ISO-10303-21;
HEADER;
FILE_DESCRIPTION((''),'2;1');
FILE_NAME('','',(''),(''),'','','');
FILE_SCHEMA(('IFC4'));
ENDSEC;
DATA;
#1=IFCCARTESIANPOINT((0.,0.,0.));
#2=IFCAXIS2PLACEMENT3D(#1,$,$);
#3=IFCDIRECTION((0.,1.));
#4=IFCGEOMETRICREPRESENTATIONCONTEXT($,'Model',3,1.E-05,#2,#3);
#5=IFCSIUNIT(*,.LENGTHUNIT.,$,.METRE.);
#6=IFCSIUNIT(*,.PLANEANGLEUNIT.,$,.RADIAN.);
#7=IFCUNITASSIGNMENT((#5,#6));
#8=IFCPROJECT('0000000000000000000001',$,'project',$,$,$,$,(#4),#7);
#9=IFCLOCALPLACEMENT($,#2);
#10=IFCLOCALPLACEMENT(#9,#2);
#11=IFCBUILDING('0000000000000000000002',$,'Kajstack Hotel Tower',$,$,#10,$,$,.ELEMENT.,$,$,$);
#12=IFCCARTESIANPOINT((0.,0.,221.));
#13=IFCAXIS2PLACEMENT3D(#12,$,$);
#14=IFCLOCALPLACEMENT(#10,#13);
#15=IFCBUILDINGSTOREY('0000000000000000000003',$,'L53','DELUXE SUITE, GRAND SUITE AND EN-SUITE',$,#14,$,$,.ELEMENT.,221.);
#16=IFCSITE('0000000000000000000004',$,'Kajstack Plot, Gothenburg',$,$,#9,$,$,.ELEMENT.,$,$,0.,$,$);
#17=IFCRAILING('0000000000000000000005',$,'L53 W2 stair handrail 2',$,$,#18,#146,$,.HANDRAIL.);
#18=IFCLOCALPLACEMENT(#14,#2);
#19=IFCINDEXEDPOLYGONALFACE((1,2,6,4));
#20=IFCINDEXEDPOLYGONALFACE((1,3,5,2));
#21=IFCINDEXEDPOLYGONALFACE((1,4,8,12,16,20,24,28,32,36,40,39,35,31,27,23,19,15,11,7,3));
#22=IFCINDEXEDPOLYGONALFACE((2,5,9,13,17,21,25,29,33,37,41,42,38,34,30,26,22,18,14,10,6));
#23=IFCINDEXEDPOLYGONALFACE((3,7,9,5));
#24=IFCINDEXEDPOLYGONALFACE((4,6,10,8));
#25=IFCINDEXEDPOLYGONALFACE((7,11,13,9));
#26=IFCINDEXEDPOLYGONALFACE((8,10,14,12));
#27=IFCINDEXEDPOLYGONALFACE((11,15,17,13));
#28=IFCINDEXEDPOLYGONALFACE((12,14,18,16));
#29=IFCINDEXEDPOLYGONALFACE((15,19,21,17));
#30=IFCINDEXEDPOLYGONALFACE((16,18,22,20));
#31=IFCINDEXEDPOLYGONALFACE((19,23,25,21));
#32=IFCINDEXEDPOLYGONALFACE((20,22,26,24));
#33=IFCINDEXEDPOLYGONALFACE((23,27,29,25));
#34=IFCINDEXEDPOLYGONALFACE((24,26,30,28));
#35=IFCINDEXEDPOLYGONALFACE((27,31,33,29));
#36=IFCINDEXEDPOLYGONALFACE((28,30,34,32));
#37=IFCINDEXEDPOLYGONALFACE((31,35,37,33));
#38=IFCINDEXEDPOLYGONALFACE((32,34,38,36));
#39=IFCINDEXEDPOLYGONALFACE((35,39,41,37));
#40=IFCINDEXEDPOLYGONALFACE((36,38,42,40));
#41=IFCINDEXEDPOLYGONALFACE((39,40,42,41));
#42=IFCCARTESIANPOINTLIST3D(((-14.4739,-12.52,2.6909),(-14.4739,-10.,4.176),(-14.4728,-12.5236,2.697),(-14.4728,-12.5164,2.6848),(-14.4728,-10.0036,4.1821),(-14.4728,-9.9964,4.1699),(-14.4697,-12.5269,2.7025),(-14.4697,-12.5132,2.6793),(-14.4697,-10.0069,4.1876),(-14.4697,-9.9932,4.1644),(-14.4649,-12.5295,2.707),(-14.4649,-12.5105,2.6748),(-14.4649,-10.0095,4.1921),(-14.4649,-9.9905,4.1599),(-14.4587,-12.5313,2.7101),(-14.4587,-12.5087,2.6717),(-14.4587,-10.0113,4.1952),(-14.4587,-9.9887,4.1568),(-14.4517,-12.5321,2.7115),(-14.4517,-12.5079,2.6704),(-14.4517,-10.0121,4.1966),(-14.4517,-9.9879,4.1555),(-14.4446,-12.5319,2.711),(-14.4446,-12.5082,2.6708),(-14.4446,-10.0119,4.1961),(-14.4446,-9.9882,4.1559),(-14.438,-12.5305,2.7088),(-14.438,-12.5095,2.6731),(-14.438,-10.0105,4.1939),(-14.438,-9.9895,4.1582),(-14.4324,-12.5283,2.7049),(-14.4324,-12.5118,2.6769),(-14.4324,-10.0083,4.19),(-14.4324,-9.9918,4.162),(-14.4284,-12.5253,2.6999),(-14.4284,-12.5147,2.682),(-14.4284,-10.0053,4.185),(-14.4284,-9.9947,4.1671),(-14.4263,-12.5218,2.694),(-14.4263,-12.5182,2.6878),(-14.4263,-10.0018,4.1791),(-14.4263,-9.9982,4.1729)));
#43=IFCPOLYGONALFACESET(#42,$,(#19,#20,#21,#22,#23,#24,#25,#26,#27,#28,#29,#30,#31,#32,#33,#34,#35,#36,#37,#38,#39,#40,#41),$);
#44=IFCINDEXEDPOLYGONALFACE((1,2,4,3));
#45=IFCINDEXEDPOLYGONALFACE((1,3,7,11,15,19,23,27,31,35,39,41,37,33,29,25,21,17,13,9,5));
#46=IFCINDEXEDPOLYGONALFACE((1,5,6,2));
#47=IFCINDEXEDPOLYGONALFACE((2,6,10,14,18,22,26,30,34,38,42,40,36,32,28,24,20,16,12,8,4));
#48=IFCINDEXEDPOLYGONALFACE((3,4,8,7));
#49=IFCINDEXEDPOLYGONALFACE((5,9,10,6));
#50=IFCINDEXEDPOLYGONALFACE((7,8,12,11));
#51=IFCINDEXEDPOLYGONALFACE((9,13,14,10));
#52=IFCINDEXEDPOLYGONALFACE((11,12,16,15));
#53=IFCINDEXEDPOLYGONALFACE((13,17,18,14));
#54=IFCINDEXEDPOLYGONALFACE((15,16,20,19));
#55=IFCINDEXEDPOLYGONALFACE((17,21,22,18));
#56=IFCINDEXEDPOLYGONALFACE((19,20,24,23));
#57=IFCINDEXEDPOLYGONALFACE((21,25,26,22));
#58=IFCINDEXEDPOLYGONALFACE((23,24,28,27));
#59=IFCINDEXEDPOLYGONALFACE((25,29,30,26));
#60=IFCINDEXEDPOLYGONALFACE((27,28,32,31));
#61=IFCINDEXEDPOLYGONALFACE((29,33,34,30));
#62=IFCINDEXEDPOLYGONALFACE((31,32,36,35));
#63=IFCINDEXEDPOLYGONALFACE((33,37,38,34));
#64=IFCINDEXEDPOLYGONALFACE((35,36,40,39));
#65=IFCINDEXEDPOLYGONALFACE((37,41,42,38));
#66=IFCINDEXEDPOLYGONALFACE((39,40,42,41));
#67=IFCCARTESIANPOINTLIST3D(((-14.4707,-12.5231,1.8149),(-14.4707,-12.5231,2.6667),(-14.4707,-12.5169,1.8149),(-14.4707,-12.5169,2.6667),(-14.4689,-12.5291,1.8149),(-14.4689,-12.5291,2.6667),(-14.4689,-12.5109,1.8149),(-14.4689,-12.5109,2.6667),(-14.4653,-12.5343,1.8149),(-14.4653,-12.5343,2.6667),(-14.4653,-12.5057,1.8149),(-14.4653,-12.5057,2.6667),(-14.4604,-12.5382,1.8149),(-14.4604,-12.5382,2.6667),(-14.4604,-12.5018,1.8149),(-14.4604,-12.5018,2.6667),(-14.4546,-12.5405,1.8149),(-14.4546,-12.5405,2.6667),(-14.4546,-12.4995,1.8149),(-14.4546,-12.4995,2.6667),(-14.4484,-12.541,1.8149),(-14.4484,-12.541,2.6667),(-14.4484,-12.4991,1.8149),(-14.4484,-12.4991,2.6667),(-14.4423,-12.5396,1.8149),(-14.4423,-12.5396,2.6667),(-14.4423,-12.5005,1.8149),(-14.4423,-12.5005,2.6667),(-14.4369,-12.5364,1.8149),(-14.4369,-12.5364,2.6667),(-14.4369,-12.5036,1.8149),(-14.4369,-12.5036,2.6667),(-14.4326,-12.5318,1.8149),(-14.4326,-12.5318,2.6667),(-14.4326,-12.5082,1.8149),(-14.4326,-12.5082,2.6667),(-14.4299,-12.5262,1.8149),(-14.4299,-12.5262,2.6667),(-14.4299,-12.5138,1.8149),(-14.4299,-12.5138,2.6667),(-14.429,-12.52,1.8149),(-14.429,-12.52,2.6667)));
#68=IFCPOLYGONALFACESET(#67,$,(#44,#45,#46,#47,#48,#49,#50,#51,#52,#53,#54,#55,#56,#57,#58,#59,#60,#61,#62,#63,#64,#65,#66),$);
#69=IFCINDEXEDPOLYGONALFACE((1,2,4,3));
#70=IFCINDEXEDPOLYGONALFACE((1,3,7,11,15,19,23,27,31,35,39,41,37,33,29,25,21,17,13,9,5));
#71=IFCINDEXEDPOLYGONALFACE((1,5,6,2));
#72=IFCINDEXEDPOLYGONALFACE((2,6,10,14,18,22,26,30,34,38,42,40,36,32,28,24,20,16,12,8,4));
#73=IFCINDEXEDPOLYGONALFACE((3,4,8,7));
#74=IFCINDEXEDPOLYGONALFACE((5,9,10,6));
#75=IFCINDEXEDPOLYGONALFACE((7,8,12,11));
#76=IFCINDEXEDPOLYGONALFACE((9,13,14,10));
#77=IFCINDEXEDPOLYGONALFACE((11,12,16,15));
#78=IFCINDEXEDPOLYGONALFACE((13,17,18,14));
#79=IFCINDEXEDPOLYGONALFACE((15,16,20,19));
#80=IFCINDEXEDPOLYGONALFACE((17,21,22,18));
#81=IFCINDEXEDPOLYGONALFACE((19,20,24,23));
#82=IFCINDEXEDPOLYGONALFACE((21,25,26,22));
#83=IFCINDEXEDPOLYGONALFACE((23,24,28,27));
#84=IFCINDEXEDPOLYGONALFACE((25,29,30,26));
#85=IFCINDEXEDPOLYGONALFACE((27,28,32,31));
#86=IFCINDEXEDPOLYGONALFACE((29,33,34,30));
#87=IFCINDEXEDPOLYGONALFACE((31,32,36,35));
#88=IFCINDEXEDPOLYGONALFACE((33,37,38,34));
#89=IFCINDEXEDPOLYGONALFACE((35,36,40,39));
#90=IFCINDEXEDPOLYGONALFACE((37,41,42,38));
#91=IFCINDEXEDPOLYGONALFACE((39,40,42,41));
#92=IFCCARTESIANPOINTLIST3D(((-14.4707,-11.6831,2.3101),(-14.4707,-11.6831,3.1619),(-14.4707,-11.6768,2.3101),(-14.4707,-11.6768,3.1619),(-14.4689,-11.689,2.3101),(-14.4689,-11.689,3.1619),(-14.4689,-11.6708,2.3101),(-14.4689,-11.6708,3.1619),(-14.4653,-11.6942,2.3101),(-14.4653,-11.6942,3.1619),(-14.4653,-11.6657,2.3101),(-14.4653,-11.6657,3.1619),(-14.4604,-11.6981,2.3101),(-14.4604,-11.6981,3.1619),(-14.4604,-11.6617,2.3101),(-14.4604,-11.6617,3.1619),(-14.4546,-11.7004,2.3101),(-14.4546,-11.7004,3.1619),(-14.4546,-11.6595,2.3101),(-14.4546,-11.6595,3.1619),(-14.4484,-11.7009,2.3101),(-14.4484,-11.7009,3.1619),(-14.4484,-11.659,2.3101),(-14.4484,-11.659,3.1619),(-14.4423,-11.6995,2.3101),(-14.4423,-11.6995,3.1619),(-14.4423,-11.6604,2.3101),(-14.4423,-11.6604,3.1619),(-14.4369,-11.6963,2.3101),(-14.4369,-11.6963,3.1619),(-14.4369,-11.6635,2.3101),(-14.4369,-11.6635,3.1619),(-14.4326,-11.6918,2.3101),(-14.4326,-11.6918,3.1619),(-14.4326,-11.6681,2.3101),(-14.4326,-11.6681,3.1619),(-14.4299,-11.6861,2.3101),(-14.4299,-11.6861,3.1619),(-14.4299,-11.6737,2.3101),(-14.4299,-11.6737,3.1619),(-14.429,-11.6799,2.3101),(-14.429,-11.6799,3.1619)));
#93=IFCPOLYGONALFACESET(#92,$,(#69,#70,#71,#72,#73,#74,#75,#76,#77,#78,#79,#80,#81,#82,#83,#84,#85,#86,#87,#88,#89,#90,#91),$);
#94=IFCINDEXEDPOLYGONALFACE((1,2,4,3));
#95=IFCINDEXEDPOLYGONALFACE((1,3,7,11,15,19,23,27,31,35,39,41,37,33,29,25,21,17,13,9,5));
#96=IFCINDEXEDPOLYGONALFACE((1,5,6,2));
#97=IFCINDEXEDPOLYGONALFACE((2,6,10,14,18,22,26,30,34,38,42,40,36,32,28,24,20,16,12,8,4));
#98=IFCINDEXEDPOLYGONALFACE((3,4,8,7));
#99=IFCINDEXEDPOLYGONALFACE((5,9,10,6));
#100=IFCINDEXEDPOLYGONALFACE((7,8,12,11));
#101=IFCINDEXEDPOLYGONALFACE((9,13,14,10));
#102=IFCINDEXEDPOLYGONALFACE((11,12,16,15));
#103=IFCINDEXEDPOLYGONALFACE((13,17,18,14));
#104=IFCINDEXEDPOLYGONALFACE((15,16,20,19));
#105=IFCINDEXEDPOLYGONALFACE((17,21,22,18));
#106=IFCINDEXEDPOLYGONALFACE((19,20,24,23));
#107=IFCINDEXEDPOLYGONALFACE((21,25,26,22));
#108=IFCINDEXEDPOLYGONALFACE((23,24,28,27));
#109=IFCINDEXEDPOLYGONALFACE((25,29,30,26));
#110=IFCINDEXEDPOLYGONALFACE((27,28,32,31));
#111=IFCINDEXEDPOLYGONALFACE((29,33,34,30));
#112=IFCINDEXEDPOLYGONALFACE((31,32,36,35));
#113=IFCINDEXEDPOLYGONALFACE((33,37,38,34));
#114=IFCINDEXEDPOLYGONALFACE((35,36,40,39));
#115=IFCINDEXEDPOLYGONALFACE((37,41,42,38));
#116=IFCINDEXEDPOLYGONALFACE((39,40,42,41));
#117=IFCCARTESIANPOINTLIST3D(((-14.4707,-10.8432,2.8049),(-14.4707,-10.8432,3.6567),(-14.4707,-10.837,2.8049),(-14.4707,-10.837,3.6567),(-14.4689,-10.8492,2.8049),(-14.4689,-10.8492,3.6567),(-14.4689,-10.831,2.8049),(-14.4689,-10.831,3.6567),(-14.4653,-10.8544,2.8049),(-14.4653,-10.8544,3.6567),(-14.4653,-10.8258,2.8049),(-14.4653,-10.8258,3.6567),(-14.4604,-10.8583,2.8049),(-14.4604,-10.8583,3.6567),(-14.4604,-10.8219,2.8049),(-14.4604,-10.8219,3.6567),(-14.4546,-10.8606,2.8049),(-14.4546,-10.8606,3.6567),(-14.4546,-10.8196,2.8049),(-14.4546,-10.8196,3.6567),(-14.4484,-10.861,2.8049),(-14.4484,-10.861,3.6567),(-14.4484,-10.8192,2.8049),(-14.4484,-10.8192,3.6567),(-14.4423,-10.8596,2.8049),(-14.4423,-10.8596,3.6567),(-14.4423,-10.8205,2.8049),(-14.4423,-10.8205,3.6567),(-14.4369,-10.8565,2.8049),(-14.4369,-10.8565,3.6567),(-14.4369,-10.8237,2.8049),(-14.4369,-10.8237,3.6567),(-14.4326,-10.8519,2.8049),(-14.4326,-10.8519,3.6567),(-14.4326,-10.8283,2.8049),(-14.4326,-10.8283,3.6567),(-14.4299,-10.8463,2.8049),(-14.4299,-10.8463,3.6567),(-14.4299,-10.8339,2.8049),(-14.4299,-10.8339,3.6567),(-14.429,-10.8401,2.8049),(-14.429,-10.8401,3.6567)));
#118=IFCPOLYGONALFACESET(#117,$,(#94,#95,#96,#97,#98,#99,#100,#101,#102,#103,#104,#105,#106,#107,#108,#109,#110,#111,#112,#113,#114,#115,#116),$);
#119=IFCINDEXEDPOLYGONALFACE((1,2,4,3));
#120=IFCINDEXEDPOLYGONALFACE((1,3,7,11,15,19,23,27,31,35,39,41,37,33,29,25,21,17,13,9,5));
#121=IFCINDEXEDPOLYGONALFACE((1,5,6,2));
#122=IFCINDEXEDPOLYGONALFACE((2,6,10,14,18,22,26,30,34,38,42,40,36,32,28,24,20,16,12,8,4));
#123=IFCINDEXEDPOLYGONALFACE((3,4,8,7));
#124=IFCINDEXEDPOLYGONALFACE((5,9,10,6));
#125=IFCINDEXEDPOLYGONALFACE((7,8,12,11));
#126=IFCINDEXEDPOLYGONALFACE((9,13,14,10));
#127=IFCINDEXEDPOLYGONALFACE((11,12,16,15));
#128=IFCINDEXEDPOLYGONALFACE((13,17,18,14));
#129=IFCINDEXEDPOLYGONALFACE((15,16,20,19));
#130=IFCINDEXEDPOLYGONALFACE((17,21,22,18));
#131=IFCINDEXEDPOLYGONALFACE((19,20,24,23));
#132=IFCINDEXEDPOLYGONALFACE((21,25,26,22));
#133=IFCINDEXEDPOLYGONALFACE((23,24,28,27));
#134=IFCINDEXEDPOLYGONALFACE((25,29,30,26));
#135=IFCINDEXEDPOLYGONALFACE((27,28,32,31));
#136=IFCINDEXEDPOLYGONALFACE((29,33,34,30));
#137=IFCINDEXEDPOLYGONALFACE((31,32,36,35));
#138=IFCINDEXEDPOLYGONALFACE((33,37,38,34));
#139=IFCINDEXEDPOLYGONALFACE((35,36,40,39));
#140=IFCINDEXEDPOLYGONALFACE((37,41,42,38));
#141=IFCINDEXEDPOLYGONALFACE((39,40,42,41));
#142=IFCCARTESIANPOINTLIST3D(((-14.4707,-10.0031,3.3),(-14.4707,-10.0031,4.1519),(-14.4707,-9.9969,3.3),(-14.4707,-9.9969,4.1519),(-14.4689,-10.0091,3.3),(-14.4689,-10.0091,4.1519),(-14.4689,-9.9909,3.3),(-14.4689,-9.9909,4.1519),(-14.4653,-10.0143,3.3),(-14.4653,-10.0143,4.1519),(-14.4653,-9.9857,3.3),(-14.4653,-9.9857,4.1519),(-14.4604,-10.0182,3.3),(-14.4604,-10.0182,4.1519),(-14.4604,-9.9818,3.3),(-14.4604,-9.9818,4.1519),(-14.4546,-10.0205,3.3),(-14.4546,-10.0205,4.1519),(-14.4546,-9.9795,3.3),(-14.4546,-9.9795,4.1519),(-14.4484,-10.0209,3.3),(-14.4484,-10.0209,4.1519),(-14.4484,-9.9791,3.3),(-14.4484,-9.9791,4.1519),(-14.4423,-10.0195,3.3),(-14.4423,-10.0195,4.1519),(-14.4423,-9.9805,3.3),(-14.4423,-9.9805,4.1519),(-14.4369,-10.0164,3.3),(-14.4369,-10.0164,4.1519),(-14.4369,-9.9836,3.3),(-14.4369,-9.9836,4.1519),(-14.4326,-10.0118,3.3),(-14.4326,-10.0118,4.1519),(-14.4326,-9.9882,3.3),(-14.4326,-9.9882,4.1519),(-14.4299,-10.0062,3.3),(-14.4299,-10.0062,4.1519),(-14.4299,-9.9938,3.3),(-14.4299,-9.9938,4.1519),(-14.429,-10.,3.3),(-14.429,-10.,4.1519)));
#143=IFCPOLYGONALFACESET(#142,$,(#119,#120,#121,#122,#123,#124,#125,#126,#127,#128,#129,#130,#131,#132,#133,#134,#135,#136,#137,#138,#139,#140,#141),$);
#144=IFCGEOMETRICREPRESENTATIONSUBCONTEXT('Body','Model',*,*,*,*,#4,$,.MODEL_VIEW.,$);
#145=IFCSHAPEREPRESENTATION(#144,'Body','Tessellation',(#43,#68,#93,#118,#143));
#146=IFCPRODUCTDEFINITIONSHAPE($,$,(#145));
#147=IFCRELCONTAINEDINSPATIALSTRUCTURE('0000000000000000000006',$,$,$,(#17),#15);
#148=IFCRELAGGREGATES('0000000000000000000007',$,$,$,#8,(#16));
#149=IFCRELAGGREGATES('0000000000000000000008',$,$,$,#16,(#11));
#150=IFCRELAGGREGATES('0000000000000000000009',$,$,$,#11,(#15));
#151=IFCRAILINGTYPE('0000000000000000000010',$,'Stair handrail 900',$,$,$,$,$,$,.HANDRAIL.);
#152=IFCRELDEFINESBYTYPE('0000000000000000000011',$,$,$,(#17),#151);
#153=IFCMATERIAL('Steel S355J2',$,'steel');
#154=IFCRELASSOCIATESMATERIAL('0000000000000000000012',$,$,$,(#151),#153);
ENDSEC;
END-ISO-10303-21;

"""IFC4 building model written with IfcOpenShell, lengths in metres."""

from ifc_helpers import new_model, si_unit, direction, frame, origin, origin_2d, place, context, subcontext, project, spatial, circle, extrude, material, type_object, element, save


model = new_model("IFC4")

# Units and contexts
model_context = context("Model", 3, precision=1e-05, world=origin(), true_north=direction((0.0, 1.0)))
body_context = subcontext(model_context, "Body", "Model", "MODEL_VIEW")
ifc_project = project(units=[si_unit("LENGTHUNIT", "METRE"), si_unit("PLANEANGLEUNIT", "RADIAN")], contexts=[model_context])

# Site, building, storey
site_placement = place(None, origin())
site = spatial("IfcSite", under=ifc_project, at=site_placement, Name="Kajstack Plot, Gothenburg", CompositionType="ELEMENT", RefElevation=0.0)
building_placement = place(site_placement, origin())
building = spatial("IfcBuilding", under=site, at=building_placement, Name="Kajstack Hotel Tower", CompositionType="ELEMENT")
storey_placement = place(building_placement, frame((0.0, 0.0, 221.0)))
storey = spatial("IfcBuildingStorey", under=building, at=storey_placement, Name="L53", Description="DELUXE SUITE, GRAND SUITE AND EN-SUITE", CompositionType="ELEMENT", Elevation=221.0)

# Railing
ifc_material_1 = material(Name="Steel S355J2", Category="steel")
railing_type = type_object("IfcRailingType", Name="Stair handrail 900", PredefinedType="HANDRAIL", material=ifc_material_1)
railing_placement = place(storey_placement, frame((-14.45, -12.52, 1.8149)))
element("IfcRailing", 1, at=railing_placement, inside=storey, type_object=railing_type, Name="L53 W2 stair handrail 2", PredefinedType="HANDRAIL", context=body_context, shape_type="SweptSolid", body=[
    extrude(circle(Radius=0.0239, at=origin_2d()), frame((0.0, 0.0, 0.876), z_axis=(0.0, 0.861524, 0.507717), x_axis=(-1.0, 0.0, 0.0)), (0.0, 0.0, 1.0), 2.925),
    extrude(circle(Radius=0.021, at=origin_2d()), origin(), (0.0, 0.0, 1.0), 0.8518),
    extrude(circle(Radius=0.021, at=origin_2d()), frame((0.0, 0.8401, 0.4951)), (0.0, 0.0, 1.0), 0.8518),
    extrude(circle(Radius=0.021, at=origin_2d()), frame((0.0, 1.6799, 0.99)), (0.0, 0.0, 1.0), 0.8518),
    extrude(circle(Radius=0.021, at=origin_2d()), frame((0.0, 2.52, 1.4851)), (0.0, 0.0, 1.0), 0.8518),
])

save(model, "model.ifc")
